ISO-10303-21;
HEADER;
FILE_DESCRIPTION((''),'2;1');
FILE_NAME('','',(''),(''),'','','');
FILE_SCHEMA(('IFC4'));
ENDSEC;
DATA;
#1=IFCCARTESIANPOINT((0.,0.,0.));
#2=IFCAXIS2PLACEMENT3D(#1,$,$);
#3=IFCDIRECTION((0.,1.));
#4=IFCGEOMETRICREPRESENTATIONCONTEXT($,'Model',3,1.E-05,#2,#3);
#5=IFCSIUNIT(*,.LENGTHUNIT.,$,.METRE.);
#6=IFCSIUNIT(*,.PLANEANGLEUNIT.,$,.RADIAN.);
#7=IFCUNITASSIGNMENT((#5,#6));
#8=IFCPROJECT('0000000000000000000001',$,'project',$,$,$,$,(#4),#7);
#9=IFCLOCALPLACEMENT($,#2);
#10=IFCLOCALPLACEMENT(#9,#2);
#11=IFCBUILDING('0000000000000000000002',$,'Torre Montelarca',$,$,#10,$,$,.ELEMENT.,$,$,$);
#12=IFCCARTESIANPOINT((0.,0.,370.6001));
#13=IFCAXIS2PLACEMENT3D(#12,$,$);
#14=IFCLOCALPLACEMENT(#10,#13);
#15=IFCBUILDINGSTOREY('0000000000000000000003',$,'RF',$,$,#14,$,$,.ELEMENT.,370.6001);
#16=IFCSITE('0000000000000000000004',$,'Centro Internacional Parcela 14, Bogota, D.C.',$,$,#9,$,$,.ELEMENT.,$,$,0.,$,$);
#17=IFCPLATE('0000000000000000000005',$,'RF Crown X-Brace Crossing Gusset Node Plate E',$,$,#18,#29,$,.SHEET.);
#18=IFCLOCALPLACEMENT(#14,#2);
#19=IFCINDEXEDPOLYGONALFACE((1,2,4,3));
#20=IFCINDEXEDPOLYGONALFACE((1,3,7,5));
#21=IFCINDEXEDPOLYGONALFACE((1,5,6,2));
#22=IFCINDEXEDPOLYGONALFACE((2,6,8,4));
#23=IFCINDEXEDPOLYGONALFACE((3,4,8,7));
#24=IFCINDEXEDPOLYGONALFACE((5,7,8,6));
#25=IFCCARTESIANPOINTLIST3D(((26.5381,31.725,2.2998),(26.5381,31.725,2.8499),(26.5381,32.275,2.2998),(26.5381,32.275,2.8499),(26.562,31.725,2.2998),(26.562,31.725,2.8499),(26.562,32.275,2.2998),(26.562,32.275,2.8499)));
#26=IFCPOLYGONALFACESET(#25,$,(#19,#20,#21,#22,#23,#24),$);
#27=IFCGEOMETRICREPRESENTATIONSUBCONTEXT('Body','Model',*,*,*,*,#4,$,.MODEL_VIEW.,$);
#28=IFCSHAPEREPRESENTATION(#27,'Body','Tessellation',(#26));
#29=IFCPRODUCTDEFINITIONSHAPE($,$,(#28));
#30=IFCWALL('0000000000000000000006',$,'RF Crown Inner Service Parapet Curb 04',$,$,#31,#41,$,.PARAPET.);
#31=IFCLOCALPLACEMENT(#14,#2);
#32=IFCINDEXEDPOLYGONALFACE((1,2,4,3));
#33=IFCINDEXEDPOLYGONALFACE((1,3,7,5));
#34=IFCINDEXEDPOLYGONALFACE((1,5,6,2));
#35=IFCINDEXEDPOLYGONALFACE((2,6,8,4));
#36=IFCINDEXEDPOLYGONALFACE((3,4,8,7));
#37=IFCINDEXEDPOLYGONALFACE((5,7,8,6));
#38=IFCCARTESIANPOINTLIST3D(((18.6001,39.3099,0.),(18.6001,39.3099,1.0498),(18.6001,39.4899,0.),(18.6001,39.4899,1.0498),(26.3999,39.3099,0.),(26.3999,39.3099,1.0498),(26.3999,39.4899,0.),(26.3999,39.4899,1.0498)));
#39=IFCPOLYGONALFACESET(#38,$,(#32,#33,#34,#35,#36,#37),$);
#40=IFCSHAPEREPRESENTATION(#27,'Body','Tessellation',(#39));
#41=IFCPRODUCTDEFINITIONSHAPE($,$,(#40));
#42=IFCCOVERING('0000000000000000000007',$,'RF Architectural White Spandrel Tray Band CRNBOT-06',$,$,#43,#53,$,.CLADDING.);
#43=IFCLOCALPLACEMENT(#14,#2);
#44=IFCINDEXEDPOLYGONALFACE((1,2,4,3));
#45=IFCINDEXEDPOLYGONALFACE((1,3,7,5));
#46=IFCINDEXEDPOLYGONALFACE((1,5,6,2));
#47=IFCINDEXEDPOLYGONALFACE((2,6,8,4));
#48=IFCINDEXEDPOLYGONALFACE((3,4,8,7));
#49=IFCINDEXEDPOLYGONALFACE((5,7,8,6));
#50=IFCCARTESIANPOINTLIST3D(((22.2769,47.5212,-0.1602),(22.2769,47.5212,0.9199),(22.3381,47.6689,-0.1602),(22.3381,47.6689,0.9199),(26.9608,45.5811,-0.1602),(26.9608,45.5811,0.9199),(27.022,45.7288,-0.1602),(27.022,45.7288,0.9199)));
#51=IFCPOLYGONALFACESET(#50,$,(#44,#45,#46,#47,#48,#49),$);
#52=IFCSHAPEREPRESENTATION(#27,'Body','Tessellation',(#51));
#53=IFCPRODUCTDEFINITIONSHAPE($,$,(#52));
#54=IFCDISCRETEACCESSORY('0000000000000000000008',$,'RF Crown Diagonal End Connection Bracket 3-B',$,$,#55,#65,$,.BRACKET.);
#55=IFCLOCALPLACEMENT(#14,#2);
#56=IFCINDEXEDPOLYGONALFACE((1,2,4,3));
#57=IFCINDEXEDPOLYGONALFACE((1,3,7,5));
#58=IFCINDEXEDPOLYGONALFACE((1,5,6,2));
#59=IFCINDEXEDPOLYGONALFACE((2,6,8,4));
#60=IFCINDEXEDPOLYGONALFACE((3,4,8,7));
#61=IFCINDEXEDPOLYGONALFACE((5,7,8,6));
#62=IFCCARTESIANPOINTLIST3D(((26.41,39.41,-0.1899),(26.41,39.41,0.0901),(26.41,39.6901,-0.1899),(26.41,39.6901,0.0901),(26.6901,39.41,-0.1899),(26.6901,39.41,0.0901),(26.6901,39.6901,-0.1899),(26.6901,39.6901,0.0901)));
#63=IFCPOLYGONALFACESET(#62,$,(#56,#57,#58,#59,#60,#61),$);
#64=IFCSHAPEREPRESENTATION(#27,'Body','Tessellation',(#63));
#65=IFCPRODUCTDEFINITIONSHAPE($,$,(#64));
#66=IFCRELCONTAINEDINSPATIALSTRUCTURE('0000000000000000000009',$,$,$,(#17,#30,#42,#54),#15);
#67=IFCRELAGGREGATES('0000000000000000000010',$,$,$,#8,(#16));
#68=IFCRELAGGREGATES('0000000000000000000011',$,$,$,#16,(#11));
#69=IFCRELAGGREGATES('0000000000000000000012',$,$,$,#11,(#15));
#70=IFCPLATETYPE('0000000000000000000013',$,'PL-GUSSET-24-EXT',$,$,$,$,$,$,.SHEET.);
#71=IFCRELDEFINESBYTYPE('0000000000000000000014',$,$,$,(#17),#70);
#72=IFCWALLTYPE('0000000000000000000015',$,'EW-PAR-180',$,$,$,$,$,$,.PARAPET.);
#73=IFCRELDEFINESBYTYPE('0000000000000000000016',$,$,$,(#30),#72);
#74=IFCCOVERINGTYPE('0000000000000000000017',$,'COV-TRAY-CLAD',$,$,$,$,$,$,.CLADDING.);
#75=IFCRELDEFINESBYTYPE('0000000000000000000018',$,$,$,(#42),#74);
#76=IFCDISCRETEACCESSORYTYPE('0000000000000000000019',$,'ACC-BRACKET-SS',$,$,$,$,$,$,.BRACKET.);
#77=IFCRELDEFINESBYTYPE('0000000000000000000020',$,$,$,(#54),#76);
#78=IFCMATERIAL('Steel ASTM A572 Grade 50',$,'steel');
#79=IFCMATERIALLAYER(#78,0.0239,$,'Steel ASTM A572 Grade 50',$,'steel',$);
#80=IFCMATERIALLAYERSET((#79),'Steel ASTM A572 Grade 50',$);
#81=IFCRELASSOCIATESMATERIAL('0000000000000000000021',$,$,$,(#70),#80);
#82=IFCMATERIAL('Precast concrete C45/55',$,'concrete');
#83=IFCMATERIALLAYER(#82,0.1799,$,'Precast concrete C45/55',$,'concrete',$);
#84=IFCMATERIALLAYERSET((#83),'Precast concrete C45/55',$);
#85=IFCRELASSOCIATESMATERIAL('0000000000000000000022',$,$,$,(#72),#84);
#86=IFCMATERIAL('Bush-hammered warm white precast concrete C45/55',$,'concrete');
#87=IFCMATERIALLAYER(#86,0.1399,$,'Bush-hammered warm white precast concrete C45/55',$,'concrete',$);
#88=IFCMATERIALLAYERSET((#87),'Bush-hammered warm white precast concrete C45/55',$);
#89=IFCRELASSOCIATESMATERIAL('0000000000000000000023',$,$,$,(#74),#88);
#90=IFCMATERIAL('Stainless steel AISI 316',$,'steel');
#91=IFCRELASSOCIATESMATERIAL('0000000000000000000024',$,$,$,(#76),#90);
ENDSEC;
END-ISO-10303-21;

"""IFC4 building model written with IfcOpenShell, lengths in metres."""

from ifc_helpers import new_model, si_unit, direction, frame, frame_2d, origin, origin_2d, place, context, subcontext, project, spatial, rectangle, extrude, source, transform, mapped, material, layer, layer_set, type_object, element, save


model = new_model("IFC4")

# Units and contexts
model_context = context("Model", 3, precision=1e-05, world=origin(), true_north=direction((0.0, 1.0)))
body_context = subcontext(model_context, "Body", "Model", "MODEL_VIEW")
ifc_project = project(units=[si_unit("LENGTHUNIT", "METRE"), si_unit("PLANEANGLEUNIT", "RADIAN")], contexts=[model_context])

# Site, building, storey
site_placement = place(None, origin())
site = spatial("IfcSite", under=ifc_project, at=site_placement, Name="Centro Internacional Parcela 14, Bogota, D.C.", CompositionType="ELEMENT", RefElevation=0.0)
building_placement = place(site_placement, origin())
building = spatial("IfcBuilding", under=site, at=building_placement, Name="Torre Montelarca", CompositionType="ELEMENT")
storey_placement = place(building_placement, frame((0.0, 0.0, 370.6001)))
storey = spatial("IfcBuildingStorey", under=building, at=storey_placement, Name="RF", CompositionType="ELEMENT", Elevation=370.6001)

# Plate
ifc_material_1 = material(Name="Steel ASTM A572 Grade 50", Category="steel")
ifc_layer_1 = layer(ifc_material_1, 0.0239, Name="Steel ASTM A572 Grade 50", Category="steel")
ifc_layer_set_1 = layer_set([ifc_layer_1], Name="Steel ASTM A572 Grade 50")
plate_type_1 = type_object("IfcPlateType", Name="PL-GUSSET-24-EXT", PredefinedType="SHEET", material=ifc_layer_set_1)
shared_shape_1 = source(origin(), body_context, "Body", "SweptSolid", [
    extrude(rectangle(XDim=0.55, YDim=0.0239, at=origin_2d()), origin(), (0.0, 0.0, 1.0), 0.55),
])
for number, where, z_axis, x_axis, name in (
    (1, (26.55, 32.0, 2.2998), (0.0, 0.0, 1.0), (0.0, 1.0, 0.0), "RF Crown X-Brace Crossing Gusset Node Plate E"),
):
    element("IfcPlate", number, at=place(storey_placement, frame(where, z_axis=z_axis, x_axis=x_axis)), inside=storey, type_object=plate_type_1, Name=name, PredefinedType="SHEET", context=body_context, shape_type="MappedRepresentation", body=[
        mapped(shared_shape_1, transform((0.0, 0.0, 0.0), scale=1.0)),
    ])

# Wall
ifc_material_2 = material(Name="Precast concrete C45/55", Category="concrete")
ifc_layer_2 = layer(ifc_material_2, 0.1799, Name="Precast concrete C45/55", Category="concrete")
ifc_layer_set_2 = layer_set([ifc_layer_2], Name="Precast concrete C45/55")
wall_type = type_object("IfcWallType", Name="EW-PAR-180", PredefinedType="PARAPET", material=ifc_layer_set_2)
wall_placement = place(storey_placement, frame((18.6001, 39.3999, 0.0), z_axis=(0.0, 0.0, 1.0), x_axis=(1.0, 0.0, 0.0)))
element("IfcWall", 2, at=wall_placement, inside=storey, type_object=wall_type, Name="RF Crown Inner Service Parapet Curb 04", PredefinedType="PARAPET", context=body_context, shape_type="SweptSolid", body=[
    extrude(rectangle(XDim=7.7998, YDim=0.1799, at=frame_2d((3.8999, 0.0))), origin(), (0.0, 0.0, 1.0), 1.0498),
])

# Covering
ifc_material_3 = material(Name="Bush-hammered warm white precast concrete C45/55", Category="concrete")
ifc_layer_3 = layer(ifc_material_3, 0.1399, Name="Bush-hammered warm white precast concrete C45/55", Category="concrete")
ifc_layer_set_3 = layer_set([ifc_layer_3], Name="Bush-hammered warm white precast concrete C45/55")
covering_type = type_object("IfcCoveringType", Name="COV-TRAY-CLAD", PredefinedType="CLADDING", material=ifc_layer_set_3)
shared_shape_2 = source(origin(), body_context, "Body", "SweptSolid", [
    extrude(rectangle(XDim=5.0698, YDim=0.1599, at=origin_2d()), origin(), (0.0, 0.0, 1.0), 1.0801),
])
covering_placement = place(storey_placement, frame((24.6494, 46.625, -0.1602), z_axis=(0.0, 0.0, 1.0), x_axis=(-0.92388, 0.382683, 0.0)))
element("IfcCovering", 3, at=covering_placement, inside=storey, type_object=covering_type, Name="RF Architectural White Spandrel Tray Band CRNBOT-06", PredefinedType="CLADDING", context=body_context, shape_type="MappedRepresentation", body=[
    mapped(shared_shape_2, transform((0.0, 0.0, 0.0), scale=1.0)),
])

# Discrete accessory
ifc_material_4 = material(Name="Stainless steel AISI 316", Category="steel")
discrete_accessory_type = type_object("IfcDiscreteAccessoryType", Name="ACC-BRACKET-SS", PredefinedType="BRACKET", material=ifc_material_4)
shared_shape_3 = source(origin(), body_context, "Body", "SweptSolid", [
    extrude(rectangle(XDim=0.28, YDim=0.28, at=origin_2d()), origin(), (0.0, 0.0, 1.0), 0.28),
])
discrete_accessory_placement = place(storey_placement, frame((26.55, 39.55, -0.1899), z_axis=(0.0, 0.0, 1.0), x_axis=(1.0, 0.0, 0.0)))
element("IfcDiscreteAccessory", 4, at=discrete_accessory_placement, inside=storey, type_object=discrete_accessory_type, Name="RF Crown Diagonal End Connection Bracket 3-B", PredefinedType="BRACKET", context=body_context, shape_type="MappedRepresentation", body=[
    mapped(shared_shape_3, transform((0.0, 0.0, 0.0), scale=1.0)),
])

save(model, "model.ifc")
